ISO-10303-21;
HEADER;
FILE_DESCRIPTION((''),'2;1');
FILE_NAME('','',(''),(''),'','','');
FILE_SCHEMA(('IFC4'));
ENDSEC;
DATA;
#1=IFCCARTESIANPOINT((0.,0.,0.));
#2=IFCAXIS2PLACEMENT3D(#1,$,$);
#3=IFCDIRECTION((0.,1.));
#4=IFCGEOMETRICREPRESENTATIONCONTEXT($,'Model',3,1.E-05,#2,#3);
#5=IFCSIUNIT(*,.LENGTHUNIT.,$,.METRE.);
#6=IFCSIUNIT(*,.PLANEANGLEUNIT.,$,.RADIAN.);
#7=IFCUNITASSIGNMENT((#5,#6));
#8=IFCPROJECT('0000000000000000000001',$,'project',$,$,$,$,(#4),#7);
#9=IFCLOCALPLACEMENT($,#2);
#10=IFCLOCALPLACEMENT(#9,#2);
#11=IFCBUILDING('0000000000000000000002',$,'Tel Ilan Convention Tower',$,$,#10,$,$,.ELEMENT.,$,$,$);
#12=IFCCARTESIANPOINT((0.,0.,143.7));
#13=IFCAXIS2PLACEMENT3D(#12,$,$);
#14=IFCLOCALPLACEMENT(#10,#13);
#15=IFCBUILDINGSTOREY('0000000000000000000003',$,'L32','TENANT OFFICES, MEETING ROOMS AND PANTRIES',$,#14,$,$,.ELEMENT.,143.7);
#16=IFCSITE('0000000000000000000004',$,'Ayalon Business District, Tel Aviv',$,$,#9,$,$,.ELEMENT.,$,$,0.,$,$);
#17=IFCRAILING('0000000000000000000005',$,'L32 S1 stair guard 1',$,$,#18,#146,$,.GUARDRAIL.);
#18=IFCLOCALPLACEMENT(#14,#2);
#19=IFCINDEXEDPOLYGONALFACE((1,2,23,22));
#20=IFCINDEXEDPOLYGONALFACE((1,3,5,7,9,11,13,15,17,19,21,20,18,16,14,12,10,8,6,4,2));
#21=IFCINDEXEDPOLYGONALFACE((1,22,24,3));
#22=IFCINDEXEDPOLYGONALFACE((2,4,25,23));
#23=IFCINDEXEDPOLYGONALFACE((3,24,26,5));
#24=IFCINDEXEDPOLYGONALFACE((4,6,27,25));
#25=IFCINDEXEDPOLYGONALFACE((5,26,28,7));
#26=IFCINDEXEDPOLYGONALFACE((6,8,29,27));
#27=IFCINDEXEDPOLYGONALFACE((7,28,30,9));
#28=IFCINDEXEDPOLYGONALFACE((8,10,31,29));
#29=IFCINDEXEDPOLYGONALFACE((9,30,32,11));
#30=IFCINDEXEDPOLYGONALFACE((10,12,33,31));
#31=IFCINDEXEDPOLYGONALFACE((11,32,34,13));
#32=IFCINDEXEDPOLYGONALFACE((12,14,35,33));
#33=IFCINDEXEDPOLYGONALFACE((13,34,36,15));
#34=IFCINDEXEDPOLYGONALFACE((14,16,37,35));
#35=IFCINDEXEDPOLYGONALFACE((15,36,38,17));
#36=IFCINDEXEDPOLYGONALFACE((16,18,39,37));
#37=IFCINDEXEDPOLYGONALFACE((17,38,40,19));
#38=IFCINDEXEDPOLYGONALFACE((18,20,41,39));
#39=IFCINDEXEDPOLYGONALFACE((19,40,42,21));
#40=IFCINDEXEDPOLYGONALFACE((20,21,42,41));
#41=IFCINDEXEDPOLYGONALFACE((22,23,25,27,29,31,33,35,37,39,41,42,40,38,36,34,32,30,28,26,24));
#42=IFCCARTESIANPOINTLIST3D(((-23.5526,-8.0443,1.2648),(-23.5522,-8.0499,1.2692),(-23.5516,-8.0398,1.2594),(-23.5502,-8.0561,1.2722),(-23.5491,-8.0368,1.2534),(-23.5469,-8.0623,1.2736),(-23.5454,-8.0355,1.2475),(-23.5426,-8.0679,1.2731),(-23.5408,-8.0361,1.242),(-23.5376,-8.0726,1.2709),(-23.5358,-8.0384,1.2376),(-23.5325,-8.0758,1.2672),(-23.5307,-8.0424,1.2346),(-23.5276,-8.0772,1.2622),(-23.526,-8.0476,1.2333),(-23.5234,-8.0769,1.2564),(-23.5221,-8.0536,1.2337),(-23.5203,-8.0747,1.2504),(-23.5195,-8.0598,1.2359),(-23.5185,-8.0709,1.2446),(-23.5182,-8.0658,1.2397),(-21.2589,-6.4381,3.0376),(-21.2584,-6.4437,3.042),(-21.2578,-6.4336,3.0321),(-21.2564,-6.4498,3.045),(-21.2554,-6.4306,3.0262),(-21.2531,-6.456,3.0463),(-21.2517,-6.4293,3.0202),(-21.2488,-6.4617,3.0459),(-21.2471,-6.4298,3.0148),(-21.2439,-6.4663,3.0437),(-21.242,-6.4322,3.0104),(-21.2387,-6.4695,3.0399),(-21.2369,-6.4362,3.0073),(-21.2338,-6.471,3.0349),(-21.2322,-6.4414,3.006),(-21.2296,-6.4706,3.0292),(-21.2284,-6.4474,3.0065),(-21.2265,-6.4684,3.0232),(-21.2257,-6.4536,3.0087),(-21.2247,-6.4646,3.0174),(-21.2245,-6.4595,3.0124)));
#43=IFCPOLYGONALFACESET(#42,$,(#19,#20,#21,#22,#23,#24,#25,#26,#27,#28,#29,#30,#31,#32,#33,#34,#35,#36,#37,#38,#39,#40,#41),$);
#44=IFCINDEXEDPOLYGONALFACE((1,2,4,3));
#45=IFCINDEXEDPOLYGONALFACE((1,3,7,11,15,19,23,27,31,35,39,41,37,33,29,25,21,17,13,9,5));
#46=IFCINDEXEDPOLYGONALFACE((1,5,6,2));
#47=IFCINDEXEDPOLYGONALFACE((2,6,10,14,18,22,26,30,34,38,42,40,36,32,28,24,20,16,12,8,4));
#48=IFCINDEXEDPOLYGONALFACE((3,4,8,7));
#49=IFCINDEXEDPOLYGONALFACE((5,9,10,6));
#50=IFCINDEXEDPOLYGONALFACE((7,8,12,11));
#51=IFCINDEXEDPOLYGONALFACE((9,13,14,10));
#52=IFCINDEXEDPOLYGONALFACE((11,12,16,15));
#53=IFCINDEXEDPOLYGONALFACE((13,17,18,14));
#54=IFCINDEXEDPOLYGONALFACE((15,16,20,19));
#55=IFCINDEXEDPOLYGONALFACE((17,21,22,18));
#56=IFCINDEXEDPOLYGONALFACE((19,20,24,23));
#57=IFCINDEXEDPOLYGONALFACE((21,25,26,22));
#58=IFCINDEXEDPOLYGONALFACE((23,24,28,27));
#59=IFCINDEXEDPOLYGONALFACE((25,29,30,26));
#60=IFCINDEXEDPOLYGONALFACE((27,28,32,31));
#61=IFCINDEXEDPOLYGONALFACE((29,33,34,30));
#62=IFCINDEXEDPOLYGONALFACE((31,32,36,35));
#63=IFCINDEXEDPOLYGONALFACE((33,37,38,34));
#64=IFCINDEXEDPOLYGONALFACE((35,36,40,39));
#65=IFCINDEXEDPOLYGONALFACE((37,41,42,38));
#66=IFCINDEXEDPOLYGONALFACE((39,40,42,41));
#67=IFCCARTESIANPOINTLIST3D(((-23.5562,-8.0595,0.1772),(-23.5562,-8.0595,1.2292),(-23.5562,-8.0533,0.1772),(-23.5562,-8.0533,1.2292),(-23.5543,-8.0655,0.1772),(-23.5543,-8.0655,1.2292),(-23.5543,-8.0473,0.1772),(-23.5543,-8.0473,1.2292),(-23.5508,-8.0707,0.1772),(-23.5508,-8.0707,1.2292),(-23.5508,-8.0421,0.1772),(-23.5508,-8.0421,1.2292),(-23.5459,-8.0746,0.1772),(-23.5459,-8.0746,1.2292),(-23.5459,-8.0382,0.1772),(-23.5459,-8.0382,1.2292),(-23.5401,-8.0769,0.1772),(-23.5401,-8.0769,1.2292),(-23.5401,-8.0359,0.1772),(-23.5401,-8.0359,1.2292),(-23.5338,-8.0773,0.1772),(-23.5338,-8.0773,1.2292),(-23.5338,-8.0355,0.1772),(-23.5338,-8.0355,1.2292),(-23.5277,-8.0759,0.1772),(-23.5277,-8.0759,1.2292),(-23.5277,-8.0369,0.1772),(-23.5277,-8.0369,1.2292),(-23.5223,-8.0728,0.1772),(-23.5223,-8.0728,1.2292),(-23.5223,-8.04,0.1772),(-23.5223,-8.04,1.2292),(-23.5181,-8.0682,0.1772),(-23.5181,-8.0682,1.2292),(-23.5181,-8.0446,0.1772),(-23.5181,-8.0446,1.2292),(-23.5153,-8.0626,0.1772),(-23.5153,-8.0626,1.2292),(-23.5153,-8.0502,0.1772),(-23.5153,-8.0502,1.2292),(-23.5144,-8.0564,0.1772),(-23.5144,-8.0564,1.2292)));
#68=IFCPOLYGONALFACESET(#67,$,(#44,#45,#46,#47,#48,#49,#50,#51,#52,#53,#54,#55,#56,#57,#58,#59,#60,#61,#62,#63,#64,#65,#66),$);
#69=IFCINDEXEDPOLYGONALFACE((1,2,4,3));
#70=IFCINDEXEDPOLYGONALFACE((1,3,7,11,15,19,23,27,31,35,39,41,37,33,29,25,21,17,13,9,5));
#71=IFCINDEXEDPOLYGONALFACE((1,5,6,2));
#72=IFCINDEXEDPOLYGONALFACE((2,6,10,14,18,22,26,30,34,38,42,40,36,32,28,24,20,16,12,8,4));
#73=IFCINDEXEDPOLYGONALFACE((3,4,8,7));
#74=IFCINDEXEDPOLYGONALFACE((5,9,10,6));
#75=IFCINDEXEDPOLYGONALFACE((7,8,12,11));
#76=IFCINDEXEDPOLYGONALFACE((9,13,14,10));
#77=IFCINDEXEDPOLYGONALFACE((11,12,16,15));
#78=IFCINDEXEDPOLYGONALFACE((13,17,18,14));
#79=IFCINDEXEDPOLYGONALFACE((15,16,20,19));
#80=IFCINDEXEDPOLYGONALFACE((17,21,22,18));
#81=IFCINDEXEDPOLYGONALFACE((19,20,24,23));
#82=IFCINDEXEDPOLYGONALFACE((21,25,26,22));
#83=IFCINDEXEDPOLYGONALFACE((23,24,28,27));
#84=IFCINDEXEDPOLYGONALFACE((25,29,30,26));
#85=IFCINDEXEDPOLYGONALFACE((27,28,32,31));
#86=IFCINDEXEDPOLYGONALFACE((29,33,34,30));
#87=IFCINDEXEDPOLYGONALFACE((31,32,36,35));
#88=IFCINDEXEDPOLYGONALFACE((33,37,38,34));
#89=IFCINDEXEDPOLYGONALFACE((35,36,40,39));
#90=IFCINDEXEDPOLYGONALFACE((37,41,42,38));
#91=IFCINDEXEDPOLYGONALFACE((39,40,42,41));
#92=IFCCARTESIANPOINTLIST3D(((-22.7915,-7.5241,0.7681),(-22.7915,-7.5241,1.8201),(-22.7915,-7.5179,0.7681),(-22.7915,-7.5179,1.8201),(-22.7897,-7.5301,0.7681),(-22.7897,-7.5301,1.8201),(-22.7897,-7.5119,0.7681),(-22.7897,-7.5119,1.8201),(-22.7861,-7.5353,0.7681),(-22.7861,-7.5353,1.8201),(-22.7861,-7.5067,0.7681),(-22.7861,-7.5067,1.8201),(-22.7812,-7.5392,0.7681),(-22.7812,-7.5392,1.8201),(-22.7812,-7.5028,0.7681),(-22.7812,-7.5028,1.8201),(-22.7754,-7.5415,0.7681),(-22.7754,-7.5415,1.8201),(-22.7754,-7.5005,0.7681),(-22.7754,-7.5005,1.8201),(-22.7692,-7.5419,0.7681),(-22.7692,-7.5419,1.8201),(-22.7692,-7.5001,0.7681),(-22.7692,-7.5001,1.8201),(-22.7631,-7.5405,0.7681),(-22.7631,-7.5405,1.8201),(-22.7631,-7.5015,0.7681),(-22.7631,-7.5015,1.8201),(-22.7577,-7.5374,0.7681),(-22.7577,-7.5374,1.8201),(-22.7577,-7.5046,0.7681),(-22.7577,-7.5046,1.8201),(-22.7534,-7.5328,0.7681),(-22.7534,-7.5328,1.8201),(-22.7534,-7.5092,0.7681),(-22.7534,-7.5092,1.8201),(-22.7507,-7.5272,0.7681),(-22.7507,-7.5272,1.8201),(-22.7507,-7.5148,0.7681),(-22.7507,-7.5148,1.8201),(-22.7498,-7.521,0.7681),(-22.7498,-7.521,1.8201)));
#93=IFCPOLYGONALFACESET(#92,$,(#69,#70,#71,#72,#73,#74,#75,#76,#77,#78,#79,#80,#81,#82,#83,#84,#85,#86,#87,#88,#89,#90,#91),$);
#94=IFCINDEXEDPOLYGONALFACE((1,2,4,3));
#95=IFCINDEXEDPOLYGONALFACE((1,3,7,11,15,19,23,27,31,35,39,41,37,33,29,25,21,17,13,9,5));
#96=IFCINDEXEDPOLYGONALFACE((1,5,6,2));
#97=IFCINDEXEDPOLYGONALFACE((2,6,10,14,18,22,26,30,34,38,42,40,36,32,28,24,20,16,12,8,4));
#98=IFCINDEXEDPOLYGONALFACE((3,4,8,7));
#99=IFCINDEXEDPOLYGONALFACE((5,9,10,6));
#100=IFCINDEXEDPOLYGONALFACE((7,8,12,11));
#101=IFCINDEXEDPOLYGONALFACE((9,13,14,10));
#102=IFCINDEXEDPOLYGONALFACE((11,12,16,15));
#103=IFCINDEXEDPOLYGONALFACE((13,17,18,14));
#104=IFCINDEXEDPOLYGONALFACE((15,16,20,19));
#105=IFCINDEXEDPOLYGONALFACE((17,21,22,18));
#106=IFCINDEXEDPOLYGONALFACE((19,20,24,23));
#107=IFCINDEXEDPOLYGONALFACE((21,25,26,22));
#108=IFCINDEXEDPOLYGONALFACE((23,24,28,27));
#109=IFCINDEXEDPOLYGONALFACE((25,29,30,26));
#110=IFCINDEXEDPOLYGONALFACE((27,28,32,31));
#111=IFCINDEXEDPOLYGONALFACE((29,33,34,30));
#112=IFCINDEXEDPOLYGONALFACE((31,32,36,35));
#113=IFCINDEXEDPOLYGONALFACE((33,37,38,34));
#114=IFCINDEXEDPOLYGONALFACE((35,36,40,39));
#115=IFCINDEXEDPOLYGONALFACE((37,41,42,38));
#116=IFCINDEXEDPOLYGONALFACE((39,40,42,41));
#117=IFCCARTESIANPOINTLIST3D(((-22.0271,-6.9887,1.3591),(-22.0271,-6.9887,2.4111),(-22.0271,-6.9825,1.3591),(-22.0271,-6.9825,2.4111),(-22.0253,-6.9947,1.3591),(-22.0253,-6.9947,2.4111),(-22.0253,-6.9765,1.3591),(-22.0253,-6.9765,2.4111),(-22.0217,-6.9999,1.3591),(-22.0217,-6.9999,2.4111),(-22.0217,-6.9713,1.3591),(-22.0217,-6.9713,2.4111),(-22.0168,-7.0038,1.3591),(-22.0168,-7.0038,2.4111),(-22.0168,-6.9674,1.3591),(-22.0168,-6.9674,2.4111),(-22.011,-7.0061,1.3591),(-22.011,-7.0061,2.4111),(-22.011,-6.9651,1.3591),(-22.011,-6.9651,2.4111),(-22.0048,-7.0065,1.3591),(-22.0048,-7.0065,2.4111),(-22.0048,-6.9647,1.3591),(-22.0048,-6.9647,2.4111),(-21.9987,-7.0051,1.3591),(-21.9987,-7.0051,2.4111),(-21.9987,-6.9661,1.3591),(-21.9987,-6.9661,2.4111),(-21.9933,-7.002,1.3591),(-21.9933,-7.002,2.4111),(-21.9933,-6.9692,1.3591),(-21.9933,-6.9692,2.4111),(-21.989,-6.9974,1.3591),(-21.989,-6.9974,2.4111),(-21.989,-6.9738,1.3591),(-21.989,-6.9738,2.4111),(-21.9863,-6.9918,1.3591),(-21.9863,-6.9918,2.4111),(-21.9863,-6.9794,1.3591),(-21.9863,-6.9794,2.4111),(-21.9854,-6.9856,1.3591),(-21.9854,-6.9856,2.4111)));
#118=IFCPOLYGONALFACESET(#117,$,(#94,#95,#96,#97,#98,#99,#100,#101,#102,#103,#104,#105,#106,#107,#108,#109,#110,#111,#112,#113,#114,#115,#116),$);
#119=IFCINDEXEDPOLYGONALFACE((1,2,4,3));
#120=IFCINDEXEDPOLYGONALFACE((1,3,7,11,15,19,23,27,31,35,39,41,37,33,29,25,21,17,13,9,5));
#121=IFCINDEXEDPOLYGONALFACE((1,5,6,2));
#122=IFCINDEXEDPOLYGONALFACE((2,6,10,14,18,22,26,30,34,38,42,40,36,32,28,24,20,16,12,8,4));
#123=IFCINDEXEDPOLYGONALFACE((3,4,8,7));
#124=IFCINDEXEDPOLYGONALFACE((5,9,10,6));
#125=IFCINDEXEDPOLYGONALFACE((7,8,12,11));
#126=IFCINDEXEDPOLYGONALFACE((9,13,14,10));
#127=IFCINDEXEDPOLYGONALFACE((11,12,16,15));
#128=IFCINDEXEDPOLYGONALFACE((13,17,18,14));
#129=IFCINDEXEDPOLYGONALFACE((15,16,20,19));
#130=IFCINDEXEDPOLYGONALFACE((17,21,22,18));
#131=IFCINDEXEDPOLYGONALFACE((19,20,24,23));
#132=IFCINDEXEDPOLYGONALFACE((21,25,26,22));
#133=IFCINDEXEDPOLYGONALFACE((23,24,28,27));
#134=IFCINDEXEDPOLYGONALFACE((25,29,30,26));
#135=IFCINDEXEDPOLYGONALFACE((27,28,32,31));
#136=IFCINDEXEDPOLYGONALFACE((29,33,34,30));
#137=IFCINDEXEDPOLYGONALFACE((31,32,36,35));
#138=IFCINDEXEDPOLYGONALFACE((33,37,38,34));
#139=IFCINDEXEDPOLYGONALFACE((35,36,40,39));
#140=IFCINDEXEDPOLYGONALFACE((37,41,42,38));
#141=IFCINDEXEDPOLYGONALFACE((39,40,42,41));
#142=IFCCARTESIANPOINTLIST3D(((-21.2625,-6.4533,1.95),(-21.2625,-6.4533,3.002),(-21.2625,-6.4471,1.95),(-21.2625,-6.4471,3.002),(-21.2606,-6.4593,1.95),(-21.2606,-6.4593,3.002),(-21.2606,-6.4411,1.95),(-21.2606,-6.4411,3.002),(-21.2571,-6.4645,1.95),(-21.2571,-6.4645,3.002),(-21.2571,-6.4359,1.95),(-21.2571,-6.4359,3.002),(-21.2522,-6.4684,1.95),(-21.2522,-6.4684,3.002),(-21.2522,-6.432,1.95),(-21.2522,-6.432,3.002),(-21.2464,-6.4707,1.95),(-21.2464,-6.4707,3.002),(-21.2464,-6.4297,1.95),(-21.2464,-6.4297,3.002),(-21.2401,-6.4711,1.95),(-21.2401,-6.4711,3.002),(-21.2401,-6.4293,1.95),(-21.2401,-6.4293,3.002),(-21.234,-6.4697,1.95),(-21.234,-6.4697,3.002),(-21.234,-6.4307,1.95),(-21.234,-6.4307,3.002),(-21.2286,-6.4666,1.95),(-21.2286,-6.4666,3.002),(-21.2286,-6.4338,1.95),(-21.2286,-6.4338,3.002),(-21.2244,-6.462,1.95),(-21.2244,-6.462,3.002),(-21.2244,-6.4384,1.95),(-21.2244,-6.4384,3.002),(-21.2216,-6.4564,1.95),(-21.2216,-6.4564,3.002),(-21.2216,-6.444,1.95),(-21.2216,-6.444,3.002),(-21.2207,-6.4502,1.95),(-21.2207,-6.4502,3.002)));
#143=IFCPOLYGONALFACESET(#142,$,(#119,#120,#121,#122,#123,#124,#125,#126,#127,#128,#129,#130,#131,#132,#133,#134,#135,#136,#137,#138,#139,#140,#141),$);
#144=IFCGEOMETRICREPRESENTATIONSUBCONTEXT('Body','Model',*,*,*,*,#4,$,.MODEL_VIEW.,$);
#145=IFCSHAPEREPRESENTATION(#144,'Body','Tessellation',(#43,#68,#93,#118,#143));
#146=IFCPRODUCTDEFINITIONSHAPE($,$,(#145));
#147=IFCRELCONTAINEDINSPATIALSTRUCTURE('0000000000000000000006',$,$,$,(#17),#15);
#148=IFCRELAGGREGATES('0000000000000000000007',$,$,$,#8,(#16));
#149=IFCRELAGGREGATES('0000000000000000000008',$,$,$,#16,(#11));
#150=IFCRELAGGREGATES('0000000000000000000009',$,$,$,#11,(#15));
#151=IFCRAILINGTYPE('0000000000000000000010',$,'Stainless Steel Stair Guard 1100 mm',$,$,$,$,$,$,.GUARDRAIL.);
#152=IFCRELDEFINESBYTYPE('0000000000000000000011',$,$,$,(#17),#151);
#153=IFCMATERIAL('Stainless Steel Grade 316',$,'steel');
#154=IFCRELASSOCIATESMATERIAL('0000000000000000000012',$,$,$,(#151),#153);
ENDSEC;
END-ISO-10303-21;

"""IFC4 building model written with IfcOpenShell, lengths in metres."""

from ifc_helpers import new_model, si_unit, direction, frame, origin, origin_2d, place, context, subcontext, project, spatial, circle, extrude, material, type_object, element, save


model = new_model("IFC4")

# Units and contexts
model_context = context("Model", 3, precision=1e-05, world=origin(), true_north=direction((0.0, 1.0)))
body_context = subcontext(model_context, "Body", "Model", "MODEL_VIEW")
ifc_project = project(units=[si_unit("LENGTHUNIT", "METRE"), si_unit("PLANEANGLEUNIT", "RADIAN")], contexts=[model_context])

# Site, building, storey
site_placement = place(None, origin())
site = spatial("IfcSite", under=ifc_project, at=site_placement, Name="Ayalon Business District, Tel Aviv", CompositionType="ELEMENT", RefElevation=0.0)
building_placement = place(site_placement, origin())
building = spatial("IfcBuilding", under=site, at=building_placement, Name="Tel Ilan Convention Tower", CompositionType="ELEMENT")
storey_placement = place(building_placement, frame((0.0, 0.0, 143.7)))
storey = spatial("IfcBuildingStorey", under=building, at=storey_placement, Name="L32", Description="TENANT OFFICES, MEETING ROOMS AND PANTRIES", CompositionType="ELEMENT", Elevation=143.7)

# Railing
ifc_material_1 = material(Name="Stainless Steel Grade 316", Category="steel")
railing_type_1 = type_object("IfcRailingType", Name="Stainless Steel Stair Guard 1100 mm", PredefinedType="GUARDRAIL", material=ifc_material_1)
railing_1_placement = place(storey_placement, frame((-23.5354, -8.0564, 0.1772)))
element("IfcRailing", 1, at=railing_1_placement, inside=storey, type_object=railing_type_1, Name="L32 S1 stair guard 1", PredefinedType="GUARDRAIL", context=body_context, shape_type="SweptSolid", body=[
    extrude(circle(Radius=0.0239, at=origin_2d()), frame((0.0, 0.0, 1.0762), z_axis=(0.692098, 0.484653, 0.534894), x_axis=(-0.573609, 0.81913, 0.0)), (0.0, 0.0, 1.0), 3.3142),
    extrude(circle(Radius=0.021, at=origin_2d()), origin(), (0.0, 0.0, 1.0), 1.052),
    extrude(circle(Radius=0.021, at=origin_2d()), frame((0.7646, 0.5354, 0.5908)), (0.0, 0.0, 1.0), 1.052),
    extrude(circle(Radius=0.021, at=origin_2d()), frame((1.5291, 1.0708, 1.1819)), (0.0, 0.0, 1.0), 1.052),
    extrude(circle(Radius=0.021, at=origin_2d()), frame((2.2937, 1.6062, 1.7727)), (0.0, 0.0, 1.0), 1.052),
])

save(model, "model.ifc")
